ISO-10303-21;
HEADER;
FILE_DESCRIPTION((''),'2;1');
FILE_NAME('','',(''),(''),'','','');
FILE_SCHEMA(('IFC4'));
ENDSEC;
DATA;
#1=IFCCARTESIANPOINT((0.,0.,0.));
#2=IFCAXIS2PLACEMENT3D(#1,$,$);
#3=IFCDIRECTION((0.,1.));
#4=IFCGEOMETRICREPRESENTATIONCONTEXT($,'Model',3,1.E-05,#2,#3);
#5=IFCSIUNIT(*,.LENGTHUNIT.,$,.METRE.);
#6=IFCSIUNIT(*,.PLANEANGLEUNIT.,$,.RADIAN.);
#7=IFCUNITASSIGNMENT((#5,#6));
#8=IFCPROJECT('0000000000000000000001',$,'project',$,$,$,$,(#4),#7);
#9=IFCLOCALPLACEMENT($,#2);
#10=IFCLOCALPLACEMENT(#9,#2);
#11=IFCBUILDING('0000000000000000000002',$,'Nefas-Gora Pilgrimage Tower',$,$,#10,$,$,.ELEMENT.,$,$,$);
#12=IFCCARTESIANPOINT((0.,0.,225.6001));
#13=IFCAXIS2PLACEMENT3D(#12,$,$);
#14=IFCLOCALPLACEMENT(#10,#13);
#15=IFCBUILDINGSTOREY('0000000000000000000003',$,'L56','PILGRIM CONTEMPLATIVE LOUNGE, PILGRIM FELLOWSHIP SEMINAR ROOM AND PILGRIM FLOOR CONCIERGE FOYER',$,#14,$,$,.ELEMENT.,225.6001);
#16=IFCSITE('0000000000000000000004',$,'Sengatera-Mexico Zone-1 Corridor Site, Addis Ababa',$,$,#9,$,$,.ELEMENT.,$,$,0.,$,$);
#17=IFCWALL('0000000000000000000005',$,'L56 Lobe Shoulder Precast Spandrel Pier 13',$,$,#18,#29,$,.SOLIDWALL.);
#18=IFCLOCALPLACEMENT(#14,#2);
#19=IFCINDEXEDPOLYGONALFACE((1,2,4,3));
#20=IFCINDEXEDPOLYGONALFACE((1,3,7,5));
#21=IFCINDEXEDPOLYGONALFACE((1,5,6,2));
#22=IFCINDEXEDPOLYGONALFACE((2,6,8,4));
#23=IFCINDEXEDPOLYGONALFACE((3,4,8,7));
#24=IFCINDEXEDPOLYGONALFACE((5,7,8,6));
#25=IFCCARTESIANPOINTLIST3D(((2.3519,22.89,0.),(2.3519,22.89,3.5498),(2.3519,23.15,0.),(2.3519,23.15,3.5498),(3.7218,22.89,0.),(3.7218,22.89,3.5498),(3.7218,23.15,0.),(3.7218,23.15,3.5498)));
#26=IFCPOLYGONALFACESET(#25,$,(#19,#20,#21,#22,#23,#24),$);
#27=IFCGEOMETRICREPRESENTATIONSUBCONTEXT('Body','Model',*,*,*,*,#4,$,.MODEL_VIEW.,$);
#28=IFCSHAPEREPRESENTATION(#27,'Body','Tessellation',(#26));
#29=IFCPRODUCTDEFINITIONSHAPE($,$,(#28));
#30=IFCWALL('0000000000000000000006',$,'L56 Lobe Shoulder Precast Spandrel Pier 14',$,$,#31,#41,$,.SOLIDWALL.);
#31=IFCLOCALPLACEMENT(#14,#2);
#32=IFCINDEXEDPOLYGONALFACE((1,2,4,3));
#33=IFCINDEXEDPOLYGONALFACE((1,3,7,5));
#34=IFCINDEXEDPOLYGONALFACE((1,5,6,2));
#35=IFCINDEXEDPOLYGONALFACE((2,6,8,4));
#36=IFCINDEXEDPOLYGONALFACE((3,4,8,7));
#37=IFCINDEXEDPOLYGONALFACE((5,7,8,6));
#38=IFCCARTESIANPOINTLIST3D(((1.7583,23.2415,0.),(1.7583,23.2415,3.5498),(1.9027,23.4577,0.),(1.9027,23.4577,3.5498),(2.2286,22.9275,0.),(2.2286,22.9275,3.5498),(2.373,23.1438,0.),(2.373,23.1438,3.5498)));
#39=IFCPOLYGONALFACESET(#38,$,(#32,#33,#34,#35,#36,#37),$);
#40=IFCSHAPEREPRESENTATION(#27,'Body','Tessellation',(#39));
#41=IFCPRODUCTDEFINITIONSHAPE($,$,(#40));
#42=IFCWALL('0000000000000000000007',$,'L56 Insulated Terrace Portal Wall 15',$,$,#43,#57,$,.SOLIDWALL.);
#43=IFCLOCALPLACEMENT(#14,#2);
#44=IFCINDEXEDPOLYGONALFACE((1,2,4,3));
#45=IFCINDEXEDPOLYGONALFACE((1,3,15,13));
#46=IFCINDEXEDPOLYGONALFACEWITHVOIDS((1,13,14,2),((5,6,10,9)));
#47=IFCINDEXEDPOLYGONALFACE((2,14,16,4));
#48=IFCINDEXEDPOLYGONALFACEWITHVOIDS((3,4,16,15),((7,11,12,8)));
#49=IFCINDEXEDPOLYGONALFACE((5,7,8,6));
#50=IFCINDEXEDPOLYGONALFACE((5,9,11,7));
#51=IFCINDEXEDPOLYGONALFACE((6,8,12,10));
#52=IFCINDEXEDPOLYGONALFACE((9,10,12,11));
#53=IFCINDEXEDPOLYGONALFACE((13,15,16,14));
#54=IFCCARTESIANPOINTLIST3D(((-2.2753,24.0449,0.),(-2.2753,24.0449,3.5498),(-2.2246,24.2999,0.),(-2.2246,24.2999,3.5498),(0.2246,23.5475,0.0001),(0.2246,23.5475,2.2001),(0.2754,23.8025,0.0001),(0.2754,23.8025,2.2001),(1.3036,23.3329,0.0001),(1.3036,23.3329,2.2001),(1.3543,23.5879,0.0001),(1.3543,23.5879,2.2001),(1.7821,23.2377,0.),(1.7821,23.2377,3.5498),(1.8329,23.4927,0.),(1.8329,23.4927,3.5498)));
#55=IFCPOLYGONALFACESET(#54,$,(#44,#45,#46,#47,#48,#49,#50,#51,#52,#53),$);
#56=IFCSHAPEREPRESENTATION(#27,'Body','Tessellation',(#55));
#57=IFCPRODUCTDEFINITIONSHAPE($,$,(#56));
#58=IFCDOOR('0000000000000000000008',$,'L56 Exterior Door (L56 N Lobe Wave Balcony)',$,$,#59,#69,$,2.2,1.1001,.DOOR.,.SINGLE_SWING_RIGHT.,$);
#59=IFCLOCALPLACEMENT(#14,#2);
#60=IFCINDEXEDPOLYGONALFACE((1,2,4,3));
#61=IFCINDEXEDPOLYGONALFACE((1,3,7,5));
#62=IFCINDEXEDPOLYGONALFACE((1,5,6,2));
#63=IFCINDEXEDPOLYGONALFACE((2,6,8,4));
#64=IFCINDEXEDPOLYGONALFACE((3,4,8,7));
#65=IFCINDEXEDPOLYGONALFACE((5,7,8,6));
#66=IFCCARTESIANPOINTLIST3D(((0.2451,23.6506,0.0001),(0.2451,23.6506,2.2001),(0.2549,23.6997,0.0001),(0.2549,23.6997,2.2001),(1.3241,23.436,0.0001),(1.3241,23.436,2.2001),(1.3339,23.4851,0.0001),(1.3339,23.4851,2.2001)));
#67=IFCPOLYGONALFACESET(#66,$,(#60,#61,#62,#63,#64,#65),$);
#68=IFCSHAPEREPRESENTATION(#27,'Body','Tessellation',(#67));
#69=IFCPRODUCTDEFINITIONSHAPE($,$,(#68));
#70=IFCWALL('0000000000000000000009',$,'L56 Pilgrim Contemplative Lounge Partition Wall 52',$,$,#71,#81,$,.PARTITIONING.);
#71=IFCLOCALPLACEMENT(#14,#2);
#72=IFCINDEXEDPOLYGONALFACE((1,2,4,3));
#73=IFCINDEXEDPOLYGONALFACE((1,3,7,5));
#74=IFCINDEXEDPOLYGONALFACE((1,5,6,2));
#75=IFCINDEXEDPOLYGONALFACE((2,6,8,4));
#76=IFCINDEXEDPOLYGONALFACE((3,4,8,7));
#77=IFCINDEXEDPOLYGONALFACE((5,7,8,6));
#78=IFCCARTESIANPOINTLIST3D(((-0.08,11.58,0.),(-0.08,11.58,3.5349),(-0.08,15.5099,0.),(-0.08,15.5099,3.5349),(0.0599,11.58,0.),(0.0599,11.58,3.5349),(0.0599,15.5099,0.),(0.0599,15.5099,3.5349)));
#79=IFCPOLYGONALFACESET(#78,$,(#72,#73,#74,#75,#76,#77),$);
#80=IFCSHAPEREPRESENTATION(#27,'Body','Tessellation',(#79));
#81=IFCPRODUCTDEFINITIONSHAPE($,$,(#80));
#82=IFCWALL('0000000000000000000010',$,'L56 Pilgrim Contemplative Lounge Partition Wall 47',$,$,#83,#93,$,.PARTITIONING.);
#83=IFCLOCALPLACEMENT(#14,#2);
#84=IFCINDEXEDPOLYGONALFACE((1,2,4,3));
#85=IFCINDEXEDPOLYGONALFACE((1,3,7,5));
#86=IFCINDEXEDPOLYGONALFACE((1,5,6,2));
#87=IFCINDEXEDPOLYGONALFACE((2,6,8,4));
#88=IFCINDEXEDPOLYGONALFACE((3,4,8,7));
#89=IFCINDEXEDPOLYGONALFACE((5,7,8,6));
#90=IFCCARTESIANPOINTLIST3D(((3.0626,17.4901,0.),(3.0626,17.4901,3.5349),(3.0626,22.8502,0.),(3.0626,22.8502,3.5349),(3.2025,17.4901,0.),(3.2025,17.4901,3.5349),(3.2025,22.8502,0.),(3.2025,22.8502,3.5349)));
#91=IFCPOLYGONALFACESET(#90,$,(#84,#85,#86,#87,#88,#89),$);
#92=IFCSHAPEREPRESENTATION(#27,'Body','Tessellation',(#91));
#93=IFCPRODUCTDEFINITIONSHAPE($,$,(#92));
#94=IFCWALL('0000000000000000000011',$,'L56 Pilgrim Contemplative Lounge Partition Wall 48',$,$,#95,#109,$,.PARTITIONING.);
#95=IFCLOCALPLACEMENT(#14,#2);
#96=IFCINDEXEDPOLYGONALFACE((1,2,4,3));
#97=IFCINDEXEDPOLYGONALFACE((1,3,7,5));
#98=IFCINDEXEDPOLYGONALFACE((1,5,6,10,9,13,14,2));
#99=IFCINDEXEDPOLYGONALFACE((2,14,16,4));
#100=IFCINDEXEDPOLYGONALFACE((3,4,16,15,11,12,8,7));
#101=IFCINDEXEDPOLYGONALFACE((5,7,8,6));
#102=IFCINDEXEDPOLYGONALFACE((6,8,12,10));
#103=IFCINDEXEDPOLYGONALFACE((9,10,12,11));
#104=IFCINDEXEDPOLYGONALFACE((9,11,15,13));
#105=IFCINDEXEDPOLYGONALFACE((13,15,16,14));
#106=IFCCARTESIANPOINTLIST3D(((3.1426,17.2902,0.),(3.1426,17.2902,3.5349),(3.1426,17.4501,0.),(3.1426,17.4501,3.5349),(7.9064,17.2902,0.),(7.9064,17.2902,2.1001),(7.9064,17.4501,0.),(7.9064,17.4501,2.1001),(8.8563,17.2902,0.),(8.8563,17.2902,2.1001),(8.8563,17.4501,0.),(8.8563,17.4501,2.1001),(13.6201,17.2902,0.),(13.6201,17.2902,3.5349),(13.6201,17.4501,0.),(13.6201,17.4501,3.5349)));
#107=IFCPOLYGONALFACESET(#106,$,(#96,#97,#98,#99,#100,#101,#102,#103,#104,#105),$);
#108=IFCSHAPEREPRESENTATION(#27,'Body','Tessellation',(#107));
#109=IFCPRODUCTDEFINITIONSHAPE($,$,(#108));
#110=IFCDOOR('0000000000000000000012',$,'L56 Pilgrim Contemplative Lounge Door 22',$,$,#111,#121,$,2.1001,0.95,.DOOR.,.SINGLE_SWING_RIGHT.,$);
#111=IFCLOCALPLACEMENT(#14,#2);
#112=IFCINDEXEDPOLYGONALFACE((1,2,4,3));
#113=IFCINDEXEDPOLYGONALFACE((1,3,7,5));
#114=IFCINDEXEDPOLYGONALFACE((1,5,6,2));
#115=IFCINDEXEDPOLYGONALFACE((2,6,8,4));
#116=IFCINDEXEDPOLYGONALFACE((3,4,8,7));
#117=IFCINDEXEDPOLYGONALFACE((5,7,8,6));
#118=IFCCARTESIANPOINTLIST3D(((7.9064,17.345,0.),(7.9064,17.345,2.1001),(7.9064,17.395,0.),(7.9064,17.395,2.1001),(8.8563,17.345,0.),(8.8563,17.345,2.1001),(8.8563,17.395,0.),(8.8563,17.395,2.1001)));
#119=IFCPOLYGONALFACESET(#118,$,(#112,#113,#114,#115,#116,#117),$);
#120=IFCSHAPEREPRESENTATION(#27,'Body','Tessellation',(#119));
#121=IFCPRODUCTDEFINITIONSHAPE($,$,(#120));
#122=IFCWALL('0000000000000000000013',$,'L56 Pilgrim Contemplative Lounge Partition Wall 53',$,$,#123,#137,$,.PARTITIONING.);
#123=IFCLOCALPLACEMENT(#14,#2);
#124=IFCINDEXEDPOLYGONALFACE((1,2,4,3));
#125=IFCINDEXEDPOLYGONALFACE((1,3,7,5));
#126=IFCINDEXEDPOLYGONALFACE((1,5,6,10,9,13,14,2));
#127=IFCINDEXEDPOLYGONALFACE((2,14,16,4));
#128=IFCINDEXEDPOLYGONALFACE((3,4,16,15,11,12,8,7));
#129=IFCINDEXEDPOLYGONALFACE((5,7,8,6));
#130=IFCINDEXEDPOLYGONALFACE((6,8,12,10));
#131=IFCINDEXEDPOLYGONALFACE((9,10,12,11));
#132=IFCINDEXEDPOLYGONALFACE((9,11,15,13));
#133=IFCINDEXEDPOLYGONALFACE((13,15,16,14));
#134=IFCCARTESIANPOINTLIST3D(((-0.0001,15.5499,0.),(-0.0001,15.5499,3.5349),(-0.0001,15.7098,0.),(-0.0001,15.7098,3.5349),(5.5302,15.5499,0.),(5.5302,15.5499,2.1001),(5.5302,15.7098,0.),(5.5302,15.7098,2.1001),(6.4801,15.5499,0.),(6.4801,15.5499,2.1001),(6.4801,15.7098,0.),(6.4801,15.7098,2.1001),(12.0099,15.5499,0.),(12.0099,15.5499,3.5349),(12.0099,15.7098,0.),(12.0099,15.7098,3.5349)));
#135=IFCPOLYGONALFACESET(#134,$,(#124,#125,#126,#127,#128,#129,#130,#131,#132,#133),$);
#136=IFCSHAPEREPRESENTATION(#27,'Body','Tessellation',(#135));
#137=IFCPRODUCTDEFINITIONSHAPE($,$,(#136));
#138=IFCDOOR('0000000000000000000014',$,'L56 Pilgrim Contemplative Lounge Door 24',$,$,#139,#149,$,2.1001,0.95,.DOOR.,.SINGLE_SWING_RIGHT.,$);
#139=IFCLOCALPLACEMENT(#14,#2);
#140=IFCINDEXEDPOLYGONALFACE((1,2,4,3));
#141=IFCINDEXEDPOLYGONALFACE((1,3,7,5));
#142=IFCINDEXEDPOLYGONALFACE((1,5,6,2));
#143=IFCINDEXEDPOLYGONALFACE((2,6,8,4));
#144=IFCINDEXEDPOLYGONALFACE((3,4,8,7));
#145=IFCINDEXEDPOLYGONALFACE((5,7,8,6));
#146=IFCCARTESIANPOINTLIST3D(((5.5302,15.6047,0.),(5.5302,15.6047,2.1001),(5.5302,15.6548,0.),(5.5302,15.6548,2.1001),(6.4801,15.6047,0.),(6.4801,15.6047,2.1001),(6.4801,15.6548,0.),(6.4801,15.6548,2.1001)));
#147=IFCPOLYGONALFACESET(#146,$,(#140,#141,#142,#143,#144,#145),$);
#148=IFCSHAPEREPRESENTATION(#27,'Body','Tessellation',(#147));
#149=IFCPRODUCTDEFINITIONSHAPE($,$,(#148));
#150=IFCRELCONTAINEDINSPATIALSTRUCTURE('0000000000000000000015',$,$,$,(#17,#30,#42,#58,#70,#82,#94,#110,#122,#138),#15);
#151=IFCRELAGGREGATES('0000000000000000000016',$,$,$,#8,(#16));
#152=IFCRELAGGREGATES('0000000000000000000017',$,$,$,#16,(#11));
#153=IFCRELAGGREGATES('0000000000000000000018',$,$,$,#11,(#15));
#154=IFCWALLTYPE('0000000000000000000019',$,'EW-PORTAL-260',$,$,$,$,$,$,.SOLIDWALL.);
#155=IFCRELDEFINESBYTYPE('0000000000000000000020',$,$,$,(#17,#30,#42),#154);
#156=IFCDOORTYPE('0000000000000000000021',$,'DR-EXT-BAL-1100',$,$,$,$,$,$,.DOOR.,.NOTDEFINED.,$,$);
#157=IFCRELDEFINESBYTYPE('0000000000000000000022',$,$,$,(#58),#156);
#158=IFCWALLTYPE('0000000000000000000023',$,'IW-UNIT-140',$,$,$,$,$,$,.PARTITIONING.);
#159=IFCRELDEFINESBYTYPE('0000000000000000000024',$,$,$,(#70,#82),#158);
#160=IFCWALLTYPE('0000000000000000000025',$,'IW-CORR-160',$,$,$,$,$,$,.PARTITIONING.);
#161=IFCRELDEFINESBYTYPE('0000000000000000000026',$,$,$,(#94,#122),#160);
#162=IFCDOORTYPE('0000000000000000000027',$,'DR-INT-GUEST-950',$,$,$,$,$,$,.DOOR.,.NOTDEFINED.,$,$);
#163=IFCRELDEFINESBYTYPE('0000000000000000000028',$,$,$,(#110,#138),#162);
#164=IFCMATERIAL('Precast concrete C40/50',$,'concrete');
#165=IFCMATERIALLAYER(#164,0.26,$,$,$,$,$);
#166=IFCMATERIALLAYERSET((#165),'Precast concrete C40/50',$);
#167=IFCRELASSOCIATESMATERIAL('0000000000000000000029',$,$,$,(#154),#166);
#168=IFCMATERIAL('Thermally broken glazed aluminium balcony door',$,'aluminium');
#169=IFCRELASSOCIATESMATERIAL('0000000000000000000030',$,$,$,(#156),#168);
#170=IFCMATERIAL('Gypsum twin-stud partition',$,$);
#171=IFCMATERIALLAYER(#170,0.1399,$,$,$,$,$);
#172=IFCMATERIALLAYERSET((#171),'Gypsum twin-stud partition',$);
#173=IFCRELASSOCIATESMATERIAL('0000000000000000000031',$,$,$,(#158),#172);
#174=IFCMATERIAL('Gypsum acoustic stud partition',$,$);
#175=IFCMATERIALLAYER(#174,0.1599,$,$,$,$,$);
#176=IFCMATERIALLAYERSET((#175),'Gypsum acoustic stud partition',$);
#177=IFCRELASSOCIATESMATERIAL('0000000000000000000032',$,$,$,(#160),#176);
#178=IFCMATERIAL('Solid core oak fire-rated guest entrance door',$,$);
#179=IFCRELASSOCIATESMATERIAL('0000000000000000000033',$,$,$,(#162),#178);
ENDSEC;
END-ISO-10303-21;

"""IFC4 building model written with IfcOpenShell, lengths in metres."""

from ifc_helpers import new_model, si_unit, direction, frame, frame_2d, origin, place, context, subcontext, project, spatial, rectangle, extrude, source, transform, mapped, material, layer, layer_set, type_object, element, fill, save


model = new_model("IFC4")

# Units and contexts
model_context = context("Model", 3, precision=1e-05, world=origin(), true_north=direction((0.0, 1.0)))
body_context = subcontext(model_context, "Body", "Model", "MODEL_VIEW")
ifc_project = project(units=[si_unit("LENGTHUNIT", "METRE"), si_unit("PLANEANGLEUNIT", "RADIAN")], contexts=[model_context])

# Site, building, storey
site_placement = place(None, origin())
site = spatial("IfcSite", under=ifc_project, at=site_placement, Name="Sengatera-Mexico Zone-1 Corridor Site, Addis Ababa", CompositionType="ELEMENT", RefElevation=0.0)
building_placement = place(site_placement, origin())
building = spatial("IfcBuilding", under=site, at=building_placement, Name="Nefas-Gora Pilgrimage Tower", CompositionType="ELEMENT")
storey_placement = place(building_placement, frame((0.0, 0.0, 225.6001)))
storey = spatial("IfcBuildingStorey", under=building, at=storey_placement, Name="L56", Description="PILGRIM CONTEMPLATIVE LOUNGE, PILGRIM FELLOWSHIP SEMINAR ROOM AND PILGRIM FLOOR CONCIERGE FOYER", CompositionType="ELEMENT", Elevation=225.6001)

# Walls
ifc_material_1 = material(Name="Precast concrete C40/50", Category="concrete")
ifc_layer_1 = layer(ifc_material_1, 0.26)
ifc_layer_set_1 = layer_set([ifc_layer_1], Name="Precast concrete C40/50")
wall_type_1 = type_object("IfcWallType", Name="EW-PORTAL-260", PredefinedType="SOLIDWALL", material=ifc_layer_set_1)
shared_shape_1 = source(origin(), body_context, "Body", "SweptSolid", [
    extrude(rectangle(XDim=1.3699, YDim=0.26, at=frame_2d((0.6851, 0.0))), origin(), (0.0, 0.0, 1.0), 3.5498),
])
wall_1_placement = place(storey_placement, frame((3.7219, 23.02, 0.0), z_axis=(0.0, 0.0, 1.0), x_axis=(-1.0, 0.0, 0.0)))
element("IfcWall", 1, at=wall_1_placement, inside=storey, type_object=wall_type_1, Name="L56 Lobe Shoulder Precast Spandrel Pier 13", PredefinedType="SOLIDWALL", context=body_context, shape_type="MappedRepresentation", body=[
    mapped(shared_shape_1, transform((0.0, 0.0, 0.0), x_axis=(1.0, 0.0, 0.0), y_axis=(0.0, 1.0, 0.0), z_axis=(0.0, 0.0, 1.0), scale=1.0)),
])
shared_shape_2 = source(origin(), body_context, "Body", "SweptSolid", [
    extrude(rectangle(XDim=0.5654, YDim=0.26, at=frame_2d((0.2827, 0.0))), origin(), (0.0, 0.0, 1.0), 3.5498),
])
wall_2_placement = place(storey_placement, frame((2.3008, 23.0356, 0.0), z_axis=(0.0, 0.0, 1.0), x_axis=(-0.831651, 0.555298, 0.0)))
element("IfcWall", 2, at=wall_2_placement, inside=storey, type_object=wall_type_1, Name="L56 Lobe Shoulder Precast Spandrel Pier 14", PredefinedType="SOLIDWALL", context=body_context, shape_type="MappedRepresentation", body=[
    mapped(shared_shape_2, transform((0.0, 0.0, 0.0), x_axis=(1.0, 0.0, 0.0), y_axis=(0.0, 1.0, 0.0), z_axis=(0.0, 0.0, 1.0), scale=1.0)),
])

# Wall, opening, door
shared_shape_3 = source(origin(), body_context, "Body", "SweptSolid", [
    extrude(rectangle(XDim=4.137, YDim=0.26, at=frame_2d((2.0684, 0.0))), origin(), (0.0, 0.0, 1.0), 3.5498),
])
wall_3_placement = place(storey_placement, frame((1.8074, 23.3652, 0.0), z_axis=(0.0, 0.0, 1.0), x_axis=(-0.980782, 0.195106, 0.0)))
wall_3 = element("IfcWall", 3, at=wall_3_placement, inside=storey, type_object=wall_type_1, Name="L56 Insulated Terrace Portal Wall 15", PredefinedType="SOLIDWALL", context=body_context, shape_type="MappedRepresentation", body=[
    mapped(shared_shape_3, transform((0.0, 0.0, 0.0), x_axis=(1.0, 0.0, 0.0), y_axis=(0.0, 1.0, 0.0), z_axis=(0.0, 0.0, 1.0), scale=1.0)),
])
opening_1_placement = place(wall_3_placement, frame((0.4878, 0.0, 0.0)))
opening_1 = element("IfcOpeningElement", 4, at=opening_1_placement, cuts=wall_3, PredefinedType="OPENING", context=body_context, shape_type="SweptSolid", body=[
    extrude(rectangle(XDim=1.1001, YDim=2.2, at=frame_2d((0.55, 1.1001))), frame((0.0, 0.1399, 0.0), z_axis=(0.0, -1.0, 0.0), x_axis=(1.0, 0.0, 0.0)), (0.0, 0.0, 1.0), 0.28),
])
ifc_material_2 = material(Name="Thermally broken glazed aluminium balcony door", Category="aluminium")
door_type_1 = type_object("IfcDoorType", Name="DR-EXT-BAL-1100", OperationType="NOTDEFINED", PredefinedType="DOOR", material=ifc_material_2)
shared_shape_4 = source(origin(), body_context, "Body", "SweptSolid", [
    extrude(rectangle(XDim=1.1001, YDim=2.2, at=frame_2d((0.55, 1.1001))), frame((0.0, 0.0249, 0.0), z_axis=(0.0, -1.0, 0.0), x_axis=(1.0, 0.0, 0.0)), (0.0, 0.0, 1.0), 0.05),
])
door_1_placement = place(opening_1_placement, origin())
door_1 = element("IfcDoor", 5, at=door_1_placement, inside=storey, type_object=door_type_1, Name="L56 Exterior Door (L56 N Lobe Wave Balcony)", OperationType="SINGLE_SWING_RIGHT", OverallHeight=2.2, OverallWidth=1.1001, PredefinedType="DOOR", context=body_context, shape_type="MappedRepresentation", body=[
    mapped(shared_shape_4, transform((0.0, 0.0, 0.0), x_axis=(1.0, 0.0, 0.0), y_axis=(0.0, 1.0, 0.0), z_axis=(0.0, 0.0, 1.0), scale=1.0)),
])
fill(opening_1, door_1)

# Walls
ifc_material_3 = material(Name="Gypsum twin-stud partition")
ifc_layer_2 = layer(ifc_material_3, 0.1399)
ifc_layer_set_2 = layer_set([ifc_layer_2], Name="Gypsum twin-stud partition")
wall_type_2 = type_object("IfcWallType", Name="IW-UNIT-140", PredefinedType="PARTITIONING", material=ifc_layer_set_2)
shared_shape_5 = source(origin(), body_context, "Body", "SweptSolid", [
    extrude(rectangle(XDim=3.9299, YDim=0.1399, at=frame_2d((1.9648, 0.0))), origin(), (0.0, 0.0, 1.0), 3.5349),
])
wall_4_placement = place(storey_placement, frame((-0.01, 11.5801, 0.0), z_axis=(0.0, 0.0, 1.0), x_axis=(0.0, 1.0, 0.0)))
element("IfcWall", 6, at=wall_4_placement, inside=storey, type_object=wall_type_2, Name="L56 Pilgrim Contemplative Lounge Partition Wall 52", PredefinedType="PARTITIONING", context=body_context, shape_type="MappedRepresentation", body=[
    mapped(shared_shape_5, transform((0.0, 0.0, 0.0), x_axis=(1.0, 0.0, 0.0), y_axis=(0.0, 1.0, 0.0), z_axis=(0.0, 0.0, 1.0), scale=1.0)),
])
shared_shape_6 = source(origin(), body_context, "Body", "SweptSolid", [
    extrude(rectangle(XDim=5.3601, YDim=0.1399, at=frame_2d((2.6802, 0.0))), origin(), (0.0, 0.0, 1.0), 3.5349),
])
wall_5_placement = place(storey_placement, frame((3.1326, 17.49, 0.0), z_axis=(0.0, 0.0, 1.0), x_axis=(0.0, 1.0, 0.0)))
element("IfcWall", 7, at=wall_5_placement, inside=storey, type_object=wall_type_2, Name="L56 Pilgrim Contemplative Lounge Partition Wall 47", PredefinedType="PARTITIONING", context=body_context, shape_type="MappedRepresentation", body=[
    mapped(shared_shape_6, transform((0.0, 0.0, 0.0), x_axis=(1.0, 0.0, 0.0), y_axis=(0.0, 1.0, 0.0), z_axis=(0.0, 0.0, 1.0), scale=1.0)),
])

# Walls, openings, doors
ifc_material_4 = material(Name="Gypsum acoustic stud partition")
ifc_layer_3 = layer(ifc_material_4, 0.1599)
ifc_layer_set_3 = layer_set([ifc_layer_3], Name="Gypsum acoustic stud partition")
wall_type_3 = type_object("IfcWallType", Name="IW-CORR-160", PredefinedType="PARTITIONING", material=ifc_layer_set_3)
shared_shape_7 = source(origin(), body_context, "Body", "SweptSolid", [
    extrude(rectangle(XDim=10.4775, YDim=0.1599, at=frame_2d((5.2388, 0.0))), origin(), (0.0, 0.0, 1.0), 3.5349),
])
wall_6_placement = place(storey_placement, frame((3.1426, 17.3701, 0.0), z_axis=(0.0, 0.0, 1.0), x_axis=(1.0, 0.0, 0.0)))
wall_6 = element("IfcWall", 8, at=wall_6_placement, inside=storey, type_object=wall_type_3, Name="L56 Pilgrim Contemplative Lounge Partition Wall 48", PredefinedType="PARTITIONING", context=body_context, shape_type="MappedRepresentation", body=[
    mapped(shared_shape_7, transform((0.0, 0.0, 0.0), x_axis=(1.0, 0.0, 0.0), y_axis=(0.0, 1.0, 0.0), z_axis=(0.0, 0.0, 1.0), scale=1.0)),
])
opening_2_placement = place(wall_6_placement, frame((4.7637, 0.0, 0.0)))
opening_2 = element("IfcOpeningElement", 9, at=opening_2_placement, cuts=wall_6, PredefinedType="OPENING", context=body_context, shape_type="SweptSolid", body=[
    extrude(rectangle(XDim=0.95, YDim=2.1001, at=frame_2d((0.4751, 1.05))), frame((0.0, 0.0898, 0.0), z_axis=(0.0, -1.0, 0.0), x_axis=(1.0, 0.0, 0.0)), (0.0, 0.0, 1.0), 0.1799),
])
ifc_material_5 = material(Name="Solid core oak fire-rated guest entrance door")
door_type_2 = type_object("IfcDoorType", Name="DR-INT-GUEST-950", OperationType="NOTDEFINED", PredefinedType="DOOR", material=ifc_material_5)
shared_shape_8 = source(origin(), body_context, "Body", "SweptSolid", [
    extrude(rectangle(XDim=0.95, YDim=2.1001, at=frame_2d((0.4751, 1.05))), frame((0.0, 0.0249, 0.0), z_axis=(0.0, -1.0, 0.0), x_axis=(1.0, 0.0, 0.0)), (0.0, 0.0, 1.0), 0.05),
])
door_2_placement = place(opening_2_placement, origin())
door_2 = element("IfcDoor", 10, at=door_2_placement, inside=storey, type_object=door_type_2, Name="L56 Pilgrim Contemplative Lounge Door 22", OperationType="SINGLE_SWING_RIGHT", OverallHeight=2.1001, OverallWidth=0.95, PredefinedType="DOOR", context=body_context, shape_type="MappedRepresentation", body=[
    mapped(shared_shape_8, transform((0.0, 0.0, 0.0), x_axis=(1.0, 0.0, 0.0), y_axis=(0.0, 1.0, 0.0), z_axis=(0.0, 0.0, 1.0), scale=1.0)),
])
fill(opening_2, door_2)
shared_shape_9 = source(origin(), body_context, "Body", "SweptSolid", [
    extrude(rectangle(XDim=12.01, YDim=0.1599, at=frame_2d((6.0049, 0.0))), origin(), (0.0, 0.0, 1.0), 3.5349),
])
wall_7_placement = place(storey_placement, frame((0.0, 15.6299, 0.0), z_axis=(0.0, 0.0, 1.0), x_axis=(1.0, 0.0, 0.0)))
wall_7 = element("IfcWall", 11, at=wall_7_placement, inside=storey, type_object=wall_type_3, Name="L56 Pilgrim Contemplative Lounge Partition Wall 53", PredefinedType="PARTITIONING", context=body_context, shape_type="MappedRepresentation", body=[
    mapped(shared_shape_9, transform((0.0, 0.0, 0.0), x_axis=(1.0, 0.0, 0.0), y_axis=(0.0, 1.0, 0.0), z_axis=(0.0, 0.0, 1.0), scale=1.0)),
])
opening_3_placement = place(wall_7_placement, frame((5.53, 0.0, 0.0)))
opening_3 = element("IfcOpeningElement", 12, at=opening_3_placement, cuts=wall_7, PredefinedType="OPENING", context=body_context, shape_type="SweptSolid", body=[
    extrude(rectangle(XDim=0.95, YDim=2.1001, at=frame_2d((0.4751, 1.05))), frame((0.0, 0.0898, 0.0), z_axis=(0.0, -1.0, 0.0), x_axis=(1.0, 0.0, 0.0)), (0.0, 0.0, 1.0), 0.1799),
])
door_3_placement = place(opening_3_placement, origin())
door_3 = element("IfcDoor", 13, at=door_3_placement, inside=storey, type_object=door_type_2, Name="L56 Pilgrim Contemplative Lounge Door 24", OperationType="SINGLE_SWING_RIGHT", OverallHeight=2.1001, OverallWidth=0.95, PredefinedType="DOOR", context=body_context, shape_type="MappedRepresentation", body=[
    mapped(shared_shape_8, transform((0.0, 0.0, 0.0), x_axis=(1.0, 0.0, 0.0), y_axis=(0.0, 1.0, 0.0), z_axis=(0.0, 0.0, 1.0), scale=1.0)),
])
fill(opening_3, door_3)

save(model, "model.ifc")
